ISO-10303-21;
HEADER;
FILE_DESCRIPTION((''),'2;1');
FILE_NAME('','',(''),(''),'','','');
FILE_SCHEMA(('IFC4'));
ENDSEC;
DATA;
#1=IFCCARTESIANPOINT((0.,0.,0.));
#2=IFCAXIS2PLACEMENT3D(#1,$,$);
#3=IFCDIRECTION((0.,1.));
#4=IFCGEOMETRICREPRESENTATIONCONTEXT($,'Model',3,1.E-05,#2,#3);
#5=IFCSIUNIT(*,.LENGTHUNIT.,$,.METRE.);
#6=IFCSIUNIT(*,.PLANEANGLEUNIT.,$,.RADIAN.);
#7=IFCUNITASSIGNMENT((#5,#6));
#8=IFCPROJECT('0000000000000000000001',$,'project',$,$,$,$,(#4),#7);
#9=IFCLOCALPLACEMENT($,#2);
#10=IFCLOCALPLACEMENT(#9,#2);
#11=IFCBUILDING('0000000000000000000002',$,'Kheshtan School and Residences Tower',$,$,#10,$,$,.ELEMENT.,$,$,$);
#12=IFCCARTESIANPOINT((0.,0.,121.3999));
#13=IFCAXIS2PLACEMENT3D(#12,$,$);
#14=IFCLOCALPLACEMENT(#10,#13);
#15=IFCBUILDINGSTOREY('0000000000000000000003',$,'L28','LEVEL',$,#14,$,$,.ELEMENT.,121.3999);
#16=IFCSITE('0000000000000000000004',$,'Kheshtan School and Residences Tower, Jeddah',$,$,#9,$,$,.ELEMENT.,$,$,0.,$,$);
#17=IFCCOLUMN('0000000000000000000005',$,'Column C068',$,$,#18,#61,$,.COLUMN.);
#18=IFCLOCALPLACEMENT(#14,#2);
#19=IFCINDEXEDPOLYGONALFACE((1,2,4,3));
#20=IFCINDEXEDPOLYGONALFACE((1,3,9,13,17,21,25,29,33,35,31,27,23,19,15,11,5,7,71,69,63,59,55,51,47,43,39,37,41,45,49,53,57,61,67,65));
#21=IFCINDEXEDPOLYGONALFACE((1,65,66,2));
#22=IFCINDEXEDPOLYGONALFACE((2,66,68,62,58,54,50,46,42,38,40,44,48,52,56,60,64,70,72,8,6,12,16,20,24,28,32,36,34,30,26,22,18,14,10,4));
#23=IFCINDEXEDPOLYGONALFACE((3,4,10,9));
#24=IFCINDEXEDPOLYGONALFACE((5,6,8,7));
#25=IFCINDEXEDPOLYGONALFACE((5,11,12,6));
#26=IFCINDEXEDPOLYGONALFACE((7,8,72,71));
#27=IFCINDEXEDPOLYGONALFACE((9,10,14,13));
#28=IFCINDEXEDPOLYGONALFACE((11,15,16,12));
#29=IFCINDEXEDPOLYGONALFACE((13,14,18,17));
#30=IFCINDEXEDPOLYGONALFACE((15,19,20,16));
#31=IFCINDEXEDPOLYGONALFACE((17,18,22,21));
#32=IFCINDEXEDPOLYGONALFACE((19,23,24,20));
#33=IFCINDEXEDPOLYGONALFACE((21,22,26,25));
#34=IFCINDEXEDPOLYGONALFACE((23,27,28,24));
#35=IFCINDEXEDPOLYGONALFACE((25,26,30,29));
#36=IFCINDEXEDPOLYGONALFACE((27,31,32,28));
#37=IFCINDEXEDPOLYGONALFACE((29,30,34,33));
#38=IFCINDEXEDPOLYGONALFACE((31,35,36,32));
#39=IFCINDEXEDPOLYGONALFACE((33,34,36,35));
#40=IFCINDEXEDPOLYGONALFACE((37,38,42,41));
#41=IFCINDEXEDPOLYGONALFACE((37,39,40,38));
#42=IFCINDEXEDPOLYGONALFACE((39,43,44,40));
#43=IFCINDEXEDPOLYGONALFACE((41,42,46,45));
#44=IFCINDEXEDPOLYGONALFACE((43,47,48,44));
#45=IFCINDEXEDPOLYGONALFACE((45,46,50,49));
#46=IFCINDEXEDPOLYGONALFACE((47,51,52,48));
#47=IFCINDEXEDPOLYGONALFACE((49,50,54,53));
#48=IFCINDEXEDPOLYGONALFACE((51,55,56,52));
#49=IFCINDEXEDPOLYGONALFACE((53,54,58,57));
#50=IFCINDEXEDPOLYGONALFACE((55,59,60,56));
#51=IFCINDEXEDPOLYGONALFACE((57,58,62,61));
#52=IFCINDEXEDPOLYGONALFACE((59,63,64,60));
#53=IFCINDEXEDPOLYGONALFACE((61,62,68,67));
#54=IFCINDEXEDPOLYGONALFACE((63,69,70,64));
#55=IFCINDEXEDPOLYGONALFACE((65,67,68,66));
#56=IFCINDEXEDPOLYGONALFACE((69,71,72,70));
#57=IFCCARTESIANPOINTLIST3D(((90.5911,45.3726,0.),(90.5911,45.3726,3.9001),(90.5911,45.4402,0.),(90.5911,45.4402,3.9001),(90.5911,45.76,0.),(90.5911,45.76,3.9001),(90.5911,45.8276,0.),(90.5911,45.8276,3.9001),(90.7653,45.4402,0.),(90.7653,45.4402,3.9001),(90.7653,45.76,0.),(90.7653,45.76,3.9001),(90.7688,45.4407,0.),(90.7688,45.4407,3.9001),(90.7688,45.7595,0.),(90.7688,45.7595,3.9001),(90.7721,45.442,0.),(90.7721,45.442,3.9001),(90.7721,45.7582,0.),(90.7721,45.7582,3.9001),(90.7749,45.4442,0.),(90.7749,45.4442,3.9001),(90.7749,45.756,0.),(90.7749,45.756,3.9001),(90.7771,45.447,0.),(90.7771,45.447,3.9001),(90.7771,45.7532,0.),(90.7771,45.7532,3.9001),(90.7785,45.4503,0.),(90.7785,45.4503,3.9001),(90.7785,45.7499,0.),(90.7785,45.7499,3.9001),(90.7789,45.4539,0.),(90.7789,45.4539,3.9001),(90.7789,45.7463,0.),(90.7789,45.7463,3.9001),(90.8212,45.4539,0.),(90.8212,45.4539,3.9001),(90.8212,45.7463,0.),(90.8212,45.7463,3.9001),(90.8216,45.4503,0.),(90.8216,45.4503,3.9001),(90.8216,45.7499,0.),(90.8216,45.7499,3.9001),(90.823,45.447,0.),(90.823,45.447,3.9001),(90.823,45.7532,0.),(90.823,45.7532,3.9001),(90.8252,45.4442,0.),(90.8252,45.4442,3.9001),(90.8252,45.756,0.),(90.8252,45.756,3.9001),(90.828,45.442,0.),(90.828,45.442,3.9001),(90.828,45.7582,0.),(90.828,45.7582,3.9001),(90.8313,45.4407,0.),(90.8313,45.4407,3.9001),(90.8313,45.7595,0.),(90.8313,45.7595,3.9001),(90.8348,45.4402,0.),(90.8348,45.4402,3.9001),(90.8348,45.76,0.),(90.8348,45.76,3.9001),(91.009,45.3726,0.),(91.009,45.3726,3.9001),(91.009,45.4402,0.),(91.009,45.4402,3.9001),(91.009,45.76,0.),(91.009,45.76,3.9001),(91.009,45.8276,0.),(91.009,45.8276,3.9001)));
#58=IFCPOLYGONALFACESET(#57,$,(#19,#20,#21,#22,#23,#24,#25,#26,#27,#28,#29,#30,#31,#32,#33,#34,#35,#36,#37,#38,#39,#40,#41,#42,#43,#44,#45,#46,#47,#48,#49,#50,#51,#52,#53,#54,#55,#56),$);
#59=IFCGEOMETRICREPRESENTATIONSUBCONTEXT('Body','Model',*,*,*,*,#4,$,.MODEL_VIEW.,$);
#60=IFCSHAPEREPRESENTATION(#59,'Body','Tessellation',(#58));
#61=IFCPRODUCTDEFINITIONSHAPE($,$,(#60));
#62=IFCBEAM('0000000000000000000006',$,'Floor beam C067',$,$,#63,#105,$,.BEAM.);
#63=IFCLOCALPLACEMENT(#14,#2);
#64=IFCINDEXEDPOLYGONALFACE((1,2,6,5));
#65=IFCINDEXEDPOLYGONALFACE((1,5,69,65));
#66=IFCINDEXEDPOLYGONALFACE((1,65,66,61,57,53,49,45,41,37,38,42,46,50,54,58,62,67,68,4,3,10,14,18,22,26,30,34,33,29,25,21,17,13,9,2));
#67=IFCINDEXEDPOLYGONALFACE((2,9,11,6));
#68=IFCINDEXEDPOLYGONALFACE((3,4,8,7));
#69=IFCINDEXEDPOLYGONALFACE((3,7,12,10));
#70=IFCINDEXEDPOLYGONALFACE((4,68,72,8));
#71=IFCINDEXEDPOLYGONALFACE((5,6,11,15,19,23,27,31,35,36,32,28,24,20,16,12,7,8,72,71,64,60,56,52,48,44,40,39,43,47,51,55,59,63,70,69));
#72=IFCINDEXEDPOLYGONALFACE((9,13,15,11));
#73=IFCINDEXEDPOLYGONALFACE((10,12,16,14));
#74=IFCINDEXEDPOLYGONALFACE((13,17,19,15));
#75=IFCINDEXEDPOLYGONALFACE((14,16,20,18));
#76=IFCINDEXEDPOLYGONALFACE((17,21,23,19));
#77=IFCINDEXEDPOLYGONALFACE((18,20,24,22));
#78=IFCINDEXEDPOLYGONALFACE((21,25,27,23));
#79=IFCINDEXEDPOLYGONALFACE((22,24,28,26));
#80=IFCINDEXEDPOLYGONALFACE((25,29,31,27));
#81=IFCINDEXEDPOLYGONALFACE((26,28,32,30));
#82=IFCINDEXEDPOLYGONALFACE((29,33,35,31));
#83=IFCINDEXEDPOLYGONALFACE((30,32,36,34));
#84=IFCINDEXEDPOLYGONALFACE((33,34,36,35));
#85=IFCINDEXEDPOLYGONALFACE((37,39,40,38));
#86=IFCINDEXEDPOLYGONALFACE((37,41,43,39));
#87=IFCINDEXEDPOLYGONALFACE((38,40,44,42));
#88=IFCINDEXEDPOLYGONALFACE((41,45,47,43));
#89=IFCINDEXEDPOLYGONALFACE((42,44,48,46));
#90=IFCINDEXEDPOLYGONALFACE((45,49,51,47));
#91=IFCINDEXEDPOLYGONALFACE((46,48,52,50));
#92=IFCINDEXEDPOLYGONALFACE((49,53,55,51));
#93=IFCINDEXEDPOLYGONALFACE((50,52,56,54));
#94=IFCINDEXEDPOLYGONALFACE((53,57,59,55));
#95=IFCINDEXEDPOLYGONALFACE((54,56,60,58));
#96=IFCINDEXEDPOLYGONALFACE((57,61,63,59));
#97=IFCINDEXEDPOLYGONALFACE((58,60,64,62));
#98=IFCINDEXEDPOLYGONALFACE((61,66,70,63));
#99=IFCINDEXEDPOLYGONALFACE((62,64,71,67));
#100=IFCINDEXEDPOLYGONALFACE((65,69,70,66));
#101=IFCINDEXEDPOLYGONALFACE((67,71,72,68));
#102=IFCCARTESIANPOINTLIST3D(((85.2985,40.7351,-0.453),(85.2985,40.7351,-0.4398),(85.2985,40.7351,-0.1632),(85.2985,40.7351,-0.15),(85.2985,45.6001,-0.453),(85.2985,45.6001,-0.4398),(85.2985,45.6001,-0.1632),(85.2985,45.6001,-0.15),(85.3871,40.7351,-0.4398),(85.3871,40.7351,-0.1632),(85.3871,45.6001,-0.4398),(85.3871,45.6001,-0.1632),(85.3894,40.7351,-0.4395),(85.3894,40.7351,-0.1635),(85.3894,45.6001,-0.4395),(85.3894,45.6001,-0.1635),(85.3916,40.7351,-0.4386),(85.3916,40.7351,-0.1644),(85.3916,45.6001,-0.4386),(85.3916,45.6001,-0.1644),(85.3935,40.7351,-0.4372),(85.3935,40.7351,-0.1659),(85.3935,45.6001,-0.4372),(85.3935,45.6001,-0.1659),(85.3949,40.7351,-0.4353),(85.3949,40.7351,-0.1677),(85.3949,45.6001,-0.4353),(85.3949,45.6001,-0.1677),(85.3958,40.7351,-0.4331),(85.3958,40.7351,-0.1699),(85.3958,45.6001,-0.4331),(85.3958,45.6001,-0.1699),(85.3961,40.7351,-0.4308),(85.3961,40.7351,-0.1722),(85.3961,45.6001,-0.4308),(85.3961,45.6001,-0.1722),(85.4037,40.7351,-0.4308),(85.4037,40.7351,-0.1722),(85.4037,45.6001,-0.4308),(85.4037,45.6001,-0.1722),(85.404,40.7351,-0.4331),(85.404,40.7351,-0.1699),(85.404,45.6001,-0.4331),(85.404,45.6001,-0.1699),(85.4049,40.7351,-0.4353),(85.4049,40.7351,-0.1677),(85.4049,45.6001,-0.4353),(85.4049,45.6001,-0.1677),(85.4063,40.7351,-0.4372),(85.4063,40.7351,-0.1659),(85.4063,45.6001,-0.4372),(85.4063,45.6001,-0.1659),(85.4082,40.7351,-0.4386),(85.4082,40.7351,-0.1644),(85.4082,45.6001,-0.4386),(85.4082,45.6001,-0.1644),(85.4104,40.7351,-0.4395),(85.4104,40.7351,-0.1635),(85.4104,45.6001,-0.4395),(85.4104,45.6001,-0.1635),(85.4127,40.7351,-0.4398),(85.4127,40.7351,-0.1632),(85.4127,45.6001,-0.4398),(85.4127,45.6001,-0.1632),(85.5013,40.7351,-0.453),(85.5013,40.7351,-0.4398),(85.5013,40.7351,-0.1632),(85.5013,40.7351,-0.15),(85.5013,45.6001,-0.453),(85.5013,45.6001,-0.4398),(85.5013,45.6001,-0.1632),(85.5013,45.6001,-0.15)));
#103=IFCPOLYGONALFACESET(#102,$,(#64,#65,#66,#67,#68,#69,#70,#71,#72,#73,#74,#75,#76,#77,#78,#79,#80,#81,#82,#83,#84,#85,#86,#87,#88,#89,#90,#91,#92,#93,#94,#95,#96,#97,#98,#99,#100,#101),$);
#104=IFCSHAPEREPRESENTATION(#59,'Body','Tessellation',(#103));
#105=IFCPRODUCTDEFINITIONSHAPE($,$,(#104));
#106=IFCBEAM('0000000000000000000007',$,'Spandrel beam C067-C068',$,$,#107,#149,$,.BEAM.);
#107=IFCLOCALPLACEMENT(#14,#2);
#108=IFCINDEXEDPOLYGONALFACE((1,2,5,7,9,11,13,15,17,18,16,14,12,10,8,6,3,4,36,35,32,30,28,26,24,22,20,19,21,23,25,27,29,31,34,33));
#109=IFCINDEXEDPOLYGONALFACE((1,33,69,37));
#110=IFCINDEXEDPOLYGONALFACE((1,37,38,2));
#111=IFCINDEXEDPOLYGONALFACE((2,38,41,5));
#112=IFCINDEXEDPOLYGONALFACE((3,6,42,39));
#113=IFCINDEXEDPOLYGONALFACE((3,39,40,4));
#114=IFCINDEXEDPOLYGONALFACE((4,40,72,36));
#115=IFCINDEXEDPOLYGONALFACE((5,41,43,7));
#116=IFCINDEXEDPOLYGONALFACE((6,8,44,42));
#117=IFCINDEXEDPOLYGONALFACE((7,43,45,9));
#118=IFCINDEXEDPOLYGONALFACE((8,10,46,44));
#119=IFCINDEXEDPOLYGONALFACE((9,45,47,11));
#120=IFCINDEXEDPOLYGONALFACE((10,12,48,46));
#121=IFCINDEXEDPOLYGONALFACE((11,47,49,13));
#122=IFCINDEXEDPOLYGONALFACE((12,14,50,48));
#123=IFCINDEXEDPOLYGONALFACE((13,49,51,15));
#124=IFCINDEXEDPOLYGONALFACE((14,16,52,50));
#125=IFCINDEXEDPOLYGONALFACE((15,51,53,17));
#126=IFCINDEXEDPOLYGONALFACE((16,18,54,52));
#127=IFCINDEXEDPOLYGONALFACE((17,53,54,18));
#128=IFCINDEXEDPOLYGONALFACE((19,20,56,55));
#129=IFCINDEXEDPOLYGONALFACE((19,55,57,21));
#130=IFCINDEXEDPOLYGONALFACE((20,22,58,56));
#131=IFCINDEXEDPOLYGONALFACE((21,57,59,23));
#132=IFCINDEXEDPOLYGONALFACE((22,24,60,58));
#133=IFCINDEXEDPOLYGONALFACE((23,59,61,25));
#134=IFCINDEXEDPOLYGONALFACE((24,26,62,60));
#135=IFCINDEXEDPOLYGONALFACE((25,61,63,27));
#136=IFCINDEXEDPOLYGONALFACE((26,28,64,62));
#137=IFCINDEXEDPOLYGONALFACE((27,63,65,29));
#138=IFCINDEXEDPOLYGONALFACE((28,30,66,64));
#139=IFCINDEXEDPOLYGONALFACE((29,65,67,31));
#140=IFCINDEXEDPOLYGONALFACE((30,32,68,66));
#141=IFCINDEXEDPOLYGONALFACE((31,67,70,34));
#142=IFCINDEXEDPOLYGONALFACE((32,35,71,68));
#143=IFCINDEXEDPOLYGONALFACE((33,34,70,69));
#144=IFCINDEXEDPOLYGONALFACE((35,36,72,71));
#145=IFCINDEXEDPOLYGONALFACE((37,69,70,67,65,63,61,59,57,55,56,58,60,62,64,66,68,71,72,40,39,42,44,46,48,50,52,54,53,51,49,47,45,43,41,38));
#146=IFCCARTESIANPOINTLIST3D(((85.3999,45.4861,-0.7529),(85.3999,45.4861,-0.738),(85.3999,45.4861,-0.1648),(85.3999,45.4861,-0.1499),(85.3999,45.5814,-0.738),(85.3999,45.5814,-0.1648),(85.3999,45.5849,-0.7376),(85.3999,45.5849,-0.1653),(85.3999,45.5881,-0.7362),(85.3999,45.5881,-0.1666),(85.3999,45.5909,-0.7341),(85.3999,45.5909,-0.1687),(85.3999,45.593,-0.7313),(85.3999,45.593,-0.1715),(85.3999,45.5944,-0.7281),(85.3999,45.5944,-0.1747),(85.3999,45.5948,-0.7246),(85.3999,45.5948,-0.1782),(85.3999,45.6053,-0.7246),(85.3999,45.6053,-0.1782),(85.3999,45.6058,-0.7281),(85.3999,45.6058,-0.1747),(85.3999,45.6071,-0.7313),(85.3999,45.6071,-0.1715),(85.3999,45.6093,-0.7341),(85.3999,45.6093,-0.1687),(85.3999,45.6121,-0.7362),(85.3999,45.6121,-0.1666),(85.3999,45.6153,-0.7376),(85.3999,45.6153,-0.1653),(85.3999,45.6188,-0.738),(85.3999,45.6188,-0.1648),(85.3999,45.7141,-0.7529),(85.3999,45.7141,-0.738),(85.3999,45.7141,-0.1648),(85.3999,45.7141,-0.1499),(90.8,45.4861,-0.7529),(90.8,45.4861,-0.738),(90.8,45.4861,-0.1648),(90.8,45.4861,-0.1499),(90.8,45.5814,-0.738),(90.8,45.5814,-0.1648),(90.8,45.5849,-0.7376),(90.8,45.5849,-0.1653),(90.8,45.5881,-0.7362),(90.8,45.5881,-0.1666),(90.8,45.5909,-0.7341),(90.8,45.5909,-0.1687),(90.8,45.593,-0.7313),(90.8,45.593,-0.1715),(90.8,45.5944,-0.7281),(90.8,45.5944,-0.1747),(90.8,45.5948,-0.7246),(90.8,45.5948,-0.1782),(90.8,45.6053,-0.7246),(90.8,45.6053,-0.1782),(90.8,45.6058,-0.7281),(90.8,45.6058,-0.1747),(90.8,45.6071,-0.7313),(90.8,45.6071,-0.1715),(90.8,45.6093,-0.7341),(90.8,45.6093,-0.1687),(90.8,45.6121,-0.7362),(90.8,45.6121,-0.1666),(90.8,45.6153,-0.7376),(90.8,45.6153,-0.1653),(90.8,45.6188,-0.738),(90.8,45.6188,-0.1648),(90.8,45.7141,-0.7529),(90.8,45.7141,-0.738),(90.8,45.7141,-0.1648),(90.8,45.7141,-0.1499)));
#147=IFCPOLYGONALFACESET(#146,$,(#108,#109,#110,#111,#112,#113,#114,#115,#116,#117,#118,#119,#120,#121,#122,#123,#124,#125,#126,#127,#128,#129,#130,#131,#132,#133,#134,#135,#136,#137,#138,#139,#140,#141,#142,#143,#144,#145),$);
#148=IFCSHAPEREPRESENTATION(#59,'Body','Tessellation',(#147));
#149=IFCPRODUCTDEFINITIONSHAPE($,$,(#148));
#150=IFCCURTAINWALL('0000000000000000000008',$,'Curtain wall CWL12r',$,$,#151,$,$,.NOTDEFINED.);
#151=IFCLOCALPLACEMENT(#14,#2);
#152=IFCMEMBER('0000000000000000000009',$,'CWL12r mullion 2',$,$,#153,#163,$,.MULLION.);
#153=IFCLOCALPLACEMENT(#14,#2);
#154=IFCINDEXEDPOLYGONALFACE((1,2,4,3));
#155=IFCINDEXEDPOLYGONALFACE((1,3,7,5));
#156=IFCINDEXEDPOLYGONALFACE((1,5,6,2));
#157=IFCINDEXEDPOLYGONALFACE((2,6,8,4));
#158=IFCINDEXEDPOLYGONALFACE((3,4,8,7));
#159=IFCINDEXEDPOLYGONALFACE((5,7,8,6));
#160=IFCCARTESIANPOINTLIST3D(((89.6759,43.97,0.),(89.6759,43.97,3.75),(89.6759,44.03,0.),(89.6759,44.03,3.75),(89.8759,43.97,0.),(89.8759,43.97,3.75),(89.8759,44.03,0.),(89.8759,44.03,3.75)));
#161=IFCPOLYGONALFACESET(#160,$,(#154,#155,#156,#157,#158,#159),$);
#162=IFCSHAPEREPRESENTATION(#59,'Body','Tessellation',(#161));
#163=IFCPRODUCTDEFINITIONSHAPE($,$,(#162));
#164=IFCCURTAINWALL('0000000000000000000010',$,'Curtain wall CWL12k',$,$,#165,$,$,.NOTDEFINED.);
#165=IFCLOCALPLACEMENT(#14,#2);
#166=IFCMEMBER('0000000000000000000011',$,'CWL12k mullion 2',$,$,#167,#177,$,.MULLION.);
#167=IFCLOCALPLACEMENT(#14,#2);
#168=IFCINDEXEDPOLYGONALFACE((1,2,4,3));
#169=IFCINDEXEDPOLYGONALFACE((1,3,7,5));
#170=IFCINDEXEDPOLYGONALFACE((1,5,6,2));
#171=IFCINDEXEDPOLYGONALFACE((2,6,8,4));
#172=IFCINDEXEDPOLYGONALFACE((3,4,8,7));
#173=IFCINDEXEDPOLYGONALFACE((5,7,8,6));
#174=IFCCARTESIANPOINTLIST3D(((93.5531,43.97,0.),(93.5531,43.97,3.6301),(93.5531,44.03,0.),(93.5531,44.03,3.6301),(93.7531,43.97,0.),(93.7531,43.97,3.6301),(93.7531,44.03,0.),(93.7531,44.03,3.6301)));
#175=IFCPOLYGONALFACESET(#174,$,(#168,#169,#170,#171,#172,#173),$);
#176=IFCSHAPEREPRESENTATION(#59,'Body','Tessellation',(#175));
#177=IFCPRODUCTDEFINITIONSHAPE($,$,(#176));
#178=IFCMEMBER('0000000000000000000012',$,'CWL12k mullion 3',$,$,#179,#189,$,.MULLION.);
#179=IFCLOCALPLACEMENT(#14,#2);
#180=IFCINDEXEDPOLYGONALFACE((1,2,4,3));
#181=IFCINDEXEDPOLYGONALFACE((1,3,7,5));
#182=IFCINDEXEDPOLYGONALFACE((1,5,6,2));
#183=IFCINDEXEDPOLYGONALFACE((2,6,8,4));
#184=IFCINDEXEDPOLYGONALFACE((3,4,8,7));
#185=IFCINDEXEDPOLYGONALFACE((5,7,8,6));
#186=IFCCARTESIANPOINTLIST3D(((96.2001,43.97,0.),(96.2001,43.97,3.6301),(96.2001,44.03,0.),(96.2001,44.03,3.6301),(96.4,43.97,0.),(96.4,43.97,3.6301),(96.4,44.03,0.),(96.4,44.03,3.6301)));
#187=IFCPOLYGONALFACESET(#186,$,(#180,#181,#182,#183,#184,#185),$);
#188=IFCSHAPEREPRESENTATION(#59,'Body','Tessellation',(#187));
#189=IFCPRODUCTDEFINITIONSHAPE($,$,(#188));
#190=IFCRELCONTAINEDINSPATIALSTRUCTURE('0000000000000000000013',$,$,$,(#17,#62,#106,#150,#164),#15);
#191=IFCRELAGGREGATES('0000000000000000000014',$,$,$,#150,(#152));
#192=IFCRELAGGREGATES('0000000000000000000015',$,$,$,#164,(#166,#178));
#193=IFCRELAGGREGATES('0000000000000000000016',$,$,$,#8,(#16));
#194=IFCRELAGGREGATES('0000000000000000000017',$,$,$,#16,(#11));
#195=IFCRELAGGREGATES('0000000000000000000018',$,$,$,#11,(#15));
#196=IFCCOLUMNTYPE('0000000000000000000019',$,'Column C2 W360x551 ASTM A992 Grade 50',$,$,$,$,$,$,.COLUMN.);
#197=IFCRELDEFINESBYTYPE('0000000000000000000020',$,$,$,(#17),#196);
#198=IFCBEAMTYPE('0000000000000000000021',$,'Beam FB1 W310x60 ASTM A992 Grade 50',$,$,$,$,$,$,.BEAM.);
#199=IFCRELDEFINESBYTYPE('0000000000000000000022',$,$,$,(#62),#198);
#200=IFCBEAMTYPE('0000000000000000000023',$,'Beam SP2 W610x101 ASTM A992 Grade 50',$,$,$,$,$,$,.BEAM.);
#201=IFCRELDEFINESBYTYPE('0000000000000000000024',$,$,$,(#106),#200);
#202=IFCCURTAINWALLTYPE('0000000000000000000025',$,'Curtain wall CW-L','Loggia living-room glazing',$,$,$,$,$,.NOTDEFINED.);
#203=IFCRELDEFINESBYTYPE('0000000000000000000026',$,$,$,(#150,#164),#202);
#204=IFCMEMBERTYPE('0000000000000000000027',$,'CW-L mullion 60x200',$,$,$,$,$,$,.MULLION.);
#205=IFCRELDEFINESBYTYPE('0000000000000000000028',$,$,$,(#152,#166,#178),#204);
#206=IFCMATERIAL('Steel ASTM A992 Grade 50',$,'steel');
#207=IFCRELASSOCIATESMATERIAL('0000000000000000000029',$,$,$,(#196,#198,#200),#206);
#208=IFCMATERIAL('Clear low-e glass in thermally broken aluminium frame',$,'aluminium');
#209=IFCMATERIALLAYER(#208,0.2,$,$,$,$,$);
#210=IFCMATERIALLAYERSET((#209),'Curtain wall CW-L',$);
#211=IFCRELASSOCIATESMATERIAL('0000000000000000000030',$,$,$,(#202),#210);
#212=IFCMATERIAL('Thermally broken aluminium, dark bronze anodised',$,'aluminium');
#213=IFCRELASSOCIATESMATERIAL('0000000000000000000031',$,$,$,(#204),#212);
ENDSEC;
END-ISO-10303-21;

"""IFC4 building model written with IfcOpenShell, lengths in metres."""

from ifc_helpers import new_model, si_unit, direction, frame, origin, origin_2d, place, context, subcontext, project, spatial, rectangle, i_section, extrude, material, layer, layer_set, material_profile, profile_set, type_object, element, aggregate, save


model = new_model("IFC4")

# Units and contexts
model_context = context("Model", 3, precision=1e-05, world=origin(), true_north=direction((0.0, 1.0)))
body_context = subcontext(model_context, "Body", "Model", "MODEL_VIEW")
ifc_project = project(units=[si_unit("LENGTHUNIT", "METRE"), si_unit("PLANEANGLEUNIT", "RADIAN")], contexts=[model_context])

# Site, building, storey
site_placement = place(None, origin())
site = spatial("IfcSite", under=ifc_project, at=site_placement, Name="Kheshtan School and Residences Tower, Jeddah", CompositionType="ELEMENT", RefElevation=0.0)
building_placement = place(site_placement, origin())
building = spatial("IfcBuilding", under=site, at=building_placement, Name="Kheshtan School and Residences Tower", CompositionType="ELEMENT")
storey_placement = place(building_placement, frame((0.0, 0.0, 121.3999)))
storey = spatial("IfcBuildingStorey", under=building, at=storey_placement, Name="L28", Description="LEVEL", CompositionType="ELEMENT", Elevation=121.3999)

# Column
ifc_material_1 = material(Name="Steel ASTM A992 Grade 50", Category="steel")
ifc_material_profile_1 = material_profile(ifc_material_1, i_section(OverallWidth=0.418, OverallDepth=0.4551, WebThickness=0.0422, FlangeThickness=0.0676, FilletRadius=0.0137, at=origin_2d()), Name="W360x551")
ifc_profile_set_1 = profile_set([ifc_material_profile_1], Name="Steel ASTM A992 Grade 50")
column_type = type_object("IfcColumnType", Name="Column C2 W360x551 ASTM A992 Grade 50", PredefinedType="COLUMN", material=ifc_profile_set_1)
column_placement = place(storey_placement, frame((90.8, 45.6001, 0.0), z_axis=(0.0, 0.0, 1.0), x_axis=(1.0, 0.0, 0.0)))
element("IfcColumn", 1, at=column_placement, inside=storey, type_object=column_type, Name="Column C068", PredefinedType="COLUMN", context=body_context, shape_type="SweptSolid", body=[
    extrude(i_section(OverallWidth=0.418, OverallDepth=0.4551, WebThickness=0.0422, FlangeThickness=0.0676, FilletRadius=0.0137, at=origin_2d()), origin(), (0.0, 0.0, 1.0), 3.9001),
])

# Beams
ifc_material_profile_2 = material_profile(ifc_material_1, i_section(OverallWidth=0.2029, OverallDepth=0.303, WebThickness=0.0076, FlangeThickness=0.0132, FilletRadius=0.009, at=origin_2d()), Name="W310x60")
ifc_profile_set_2 = profile_set([ifc_material_profile_2], Name="Steel ASTM A992 Grade 50")
beam_type_1 = type_object("IfcBeamType", Name="Beam FB1 W310x60 ASTM A992 Grade 50", PredefinedType="BEAM", material=ifc_profile_set_2)
beam_1_placement = place(storey_placement, frame((85.3999, 45.6001, -0.3015), z_axis=(0.0, -1.0, 0.0), x_axis=(1.0, 0.0, 0.0)))
element("IfcBeam", 2, at=beam_1_placement, inside=storey, type_object=beam_type_1, Name="Floor beam C067", PredefinedType="BEAM", context=body_context, shape_type="SweptSolid", body=[
    extrude(i_section(OverallWidth=0.2029, OverallDepth=0.303, WebThickness=0.0076, FlangeThickness=0.0132, FilletRadius=0.009, at=origin_2d()), origin(), (0.0, 0.0, 1.0), 4.865),
])
ifc_material_profile_3 = material_profile(ifc_material_1, i_section(OverallWidth=0.228, OverallDepth=0.603, WebThickness=0.0105, FlangeThickness=0.0149, FilletRadius=0.0134, at=origin_2d()), Name="W610x101")
ifc_profile_set_3 = profile_set([ifc_material_profile_3], Name="Steel ASTM A992 Grade 50")
beam_type_2 = type_object("IfcBeamType", Name="Beam SP2 W610x101 ASTM A992 Grade 50", PredefinedType="BEAM", material=ifc_profile_set_3)
beam_2_placement = place(storey_placement, frame((85.3999, 45.6001, -0.4514), z_axis=(1.0, 0.0, 0.0), x_axis=(0.0, 1.0, 0.0)))
element("IfcBeam", 3, at=beam_2_placement, inside=storey, type_object=beam_type_2, Name="Spandrel beam C067-C068", PredefinedType="BEAM", context=body_context, shape_type="SweptSolid", body=[
    extrude(i_section(OverallWidth=0.228, OverallDepth=0.603, WebThickness=0.0105, FlangeThickness=0.0149, FilletRadius=0.0134, at=origin_2d()), origin(), (0.0, 0.0, 1.0), 5.4001),
])

# Curtain wall, member
ifc_material_2 = material(Name="Clear low-e glass in thermally broken aluminium frame", Category="aluminium")
ifc_layer_1 = layer(ifc_material_2, 0.2)
ifc_layer_set_1 = layer_set([ifc_layer_1], Name="Curtain wall CW-L")
curtain_wall_type = type_object("IfcCurtainWallType", Name="Curtain wall CW-L", Description="Loggia living-room glazing", PredefinedType="NOTDEFINED", material=ifc_layer_set_1)
curtain_wall_1_placement = place(storey_placement, origin())
curtain_wall_1 = element("IfcCurtainWall", 4, at=curtain_wall_1_placement, inside=storey, type_object=curtain_wall_type, Name="Curtain wall CWL12r", PredefinedType="NOTDEFINED")
ifc_material_3 = material(Name="Thermally broken aluminium, dark bronze anodised", Category="aluminium")
ifc_material_profile_4 = material_profile(ifc_material_3, rectangle(XDim=0.0601, YDim=0.2, at=origin_2d()), Name="CW-L mullion 60x200")
ifc_profile_set_4 = profile_set([ifc_material_profile_4], Name="Thermally broken aluminium, dark bronze anodised")
member_type_1 = type_object("IfcMemberType", Name="CW-L mullion 60x200", PredefinedType="MULLION", material=ifc_profile_set_4)
member_1_placement = place(storey_placement, frame((89.7759, 44.0, 0.0), z_axis=(0.0, 0.0, 1.0), x_axis=(0.0, 1.0, 0.0)))
member_1 = element("IfcMember", 5, at=member_1_placement, type_object=member_type_1, Name="CWL12r mullion 2", PredefinedType="MULLION", context=body_context, shape_type="SweptSolid", body=[
    extrude(rectangle(XDim=0.0601, YDim=0.2, at=origin_2d()), origin(), (0.0, 0.0, 1.0), 3.75),
])

# Curtain wall, members
curtain_wall_2_placement = place(storey_placement, origin())
curtain_wall_2 = element("IfcCurtainWall", 6, at=curtain_wall_2_placement, inside=storey, type_object=curtain_wall_type, Name="Curtain wall CWL12k", PredefinedType="NOTDEFINED")
member_2_placement = place(storey_placement, frame((93.6531, 44.0, 0.0), z_axis=(0.0, 0.0, 1.0), x_axis=(0.0, 1.0, 0.0)))
member_2 = element("IfcMember", 7, at=member_2_placement, type_object=member_type_1, Name="CWL12k mullion 2", PredefinedType="MULLION", context=body_context, shape_type="SweptSolid", body=[
    extrude(rectangle(XDim=0.0601, YDim=0.2, at=origin_2d()), origin(), (0.0, 0.0, 1.0), 3.6301),
])
member_3_placement = place(storey_placement, frame((96.3, 44.0, 0.0), z_axis=(0.0, 0.0, 1.0), x_axis=(0.0, 1.0, 0.0)))
member_3 = element("IfcMember", 8, at=member_3_placement, type_object=member_type_1, Name="CWL12k mullion 3", PredefinedType="MULLION", context=body_context, shape_type="SweptSolid", body=[
    extrude(rectangle(XDim=0.0601, YDim=0.2, at=origin_2d()), origin(), (0.0, 0.0, 1.0), 3.6301),
])

aggregate(curtain_wall_1, [member_1])
aggregate(curtain_wall_2, [member_2, member_3])

save(model, "model.ifc")
